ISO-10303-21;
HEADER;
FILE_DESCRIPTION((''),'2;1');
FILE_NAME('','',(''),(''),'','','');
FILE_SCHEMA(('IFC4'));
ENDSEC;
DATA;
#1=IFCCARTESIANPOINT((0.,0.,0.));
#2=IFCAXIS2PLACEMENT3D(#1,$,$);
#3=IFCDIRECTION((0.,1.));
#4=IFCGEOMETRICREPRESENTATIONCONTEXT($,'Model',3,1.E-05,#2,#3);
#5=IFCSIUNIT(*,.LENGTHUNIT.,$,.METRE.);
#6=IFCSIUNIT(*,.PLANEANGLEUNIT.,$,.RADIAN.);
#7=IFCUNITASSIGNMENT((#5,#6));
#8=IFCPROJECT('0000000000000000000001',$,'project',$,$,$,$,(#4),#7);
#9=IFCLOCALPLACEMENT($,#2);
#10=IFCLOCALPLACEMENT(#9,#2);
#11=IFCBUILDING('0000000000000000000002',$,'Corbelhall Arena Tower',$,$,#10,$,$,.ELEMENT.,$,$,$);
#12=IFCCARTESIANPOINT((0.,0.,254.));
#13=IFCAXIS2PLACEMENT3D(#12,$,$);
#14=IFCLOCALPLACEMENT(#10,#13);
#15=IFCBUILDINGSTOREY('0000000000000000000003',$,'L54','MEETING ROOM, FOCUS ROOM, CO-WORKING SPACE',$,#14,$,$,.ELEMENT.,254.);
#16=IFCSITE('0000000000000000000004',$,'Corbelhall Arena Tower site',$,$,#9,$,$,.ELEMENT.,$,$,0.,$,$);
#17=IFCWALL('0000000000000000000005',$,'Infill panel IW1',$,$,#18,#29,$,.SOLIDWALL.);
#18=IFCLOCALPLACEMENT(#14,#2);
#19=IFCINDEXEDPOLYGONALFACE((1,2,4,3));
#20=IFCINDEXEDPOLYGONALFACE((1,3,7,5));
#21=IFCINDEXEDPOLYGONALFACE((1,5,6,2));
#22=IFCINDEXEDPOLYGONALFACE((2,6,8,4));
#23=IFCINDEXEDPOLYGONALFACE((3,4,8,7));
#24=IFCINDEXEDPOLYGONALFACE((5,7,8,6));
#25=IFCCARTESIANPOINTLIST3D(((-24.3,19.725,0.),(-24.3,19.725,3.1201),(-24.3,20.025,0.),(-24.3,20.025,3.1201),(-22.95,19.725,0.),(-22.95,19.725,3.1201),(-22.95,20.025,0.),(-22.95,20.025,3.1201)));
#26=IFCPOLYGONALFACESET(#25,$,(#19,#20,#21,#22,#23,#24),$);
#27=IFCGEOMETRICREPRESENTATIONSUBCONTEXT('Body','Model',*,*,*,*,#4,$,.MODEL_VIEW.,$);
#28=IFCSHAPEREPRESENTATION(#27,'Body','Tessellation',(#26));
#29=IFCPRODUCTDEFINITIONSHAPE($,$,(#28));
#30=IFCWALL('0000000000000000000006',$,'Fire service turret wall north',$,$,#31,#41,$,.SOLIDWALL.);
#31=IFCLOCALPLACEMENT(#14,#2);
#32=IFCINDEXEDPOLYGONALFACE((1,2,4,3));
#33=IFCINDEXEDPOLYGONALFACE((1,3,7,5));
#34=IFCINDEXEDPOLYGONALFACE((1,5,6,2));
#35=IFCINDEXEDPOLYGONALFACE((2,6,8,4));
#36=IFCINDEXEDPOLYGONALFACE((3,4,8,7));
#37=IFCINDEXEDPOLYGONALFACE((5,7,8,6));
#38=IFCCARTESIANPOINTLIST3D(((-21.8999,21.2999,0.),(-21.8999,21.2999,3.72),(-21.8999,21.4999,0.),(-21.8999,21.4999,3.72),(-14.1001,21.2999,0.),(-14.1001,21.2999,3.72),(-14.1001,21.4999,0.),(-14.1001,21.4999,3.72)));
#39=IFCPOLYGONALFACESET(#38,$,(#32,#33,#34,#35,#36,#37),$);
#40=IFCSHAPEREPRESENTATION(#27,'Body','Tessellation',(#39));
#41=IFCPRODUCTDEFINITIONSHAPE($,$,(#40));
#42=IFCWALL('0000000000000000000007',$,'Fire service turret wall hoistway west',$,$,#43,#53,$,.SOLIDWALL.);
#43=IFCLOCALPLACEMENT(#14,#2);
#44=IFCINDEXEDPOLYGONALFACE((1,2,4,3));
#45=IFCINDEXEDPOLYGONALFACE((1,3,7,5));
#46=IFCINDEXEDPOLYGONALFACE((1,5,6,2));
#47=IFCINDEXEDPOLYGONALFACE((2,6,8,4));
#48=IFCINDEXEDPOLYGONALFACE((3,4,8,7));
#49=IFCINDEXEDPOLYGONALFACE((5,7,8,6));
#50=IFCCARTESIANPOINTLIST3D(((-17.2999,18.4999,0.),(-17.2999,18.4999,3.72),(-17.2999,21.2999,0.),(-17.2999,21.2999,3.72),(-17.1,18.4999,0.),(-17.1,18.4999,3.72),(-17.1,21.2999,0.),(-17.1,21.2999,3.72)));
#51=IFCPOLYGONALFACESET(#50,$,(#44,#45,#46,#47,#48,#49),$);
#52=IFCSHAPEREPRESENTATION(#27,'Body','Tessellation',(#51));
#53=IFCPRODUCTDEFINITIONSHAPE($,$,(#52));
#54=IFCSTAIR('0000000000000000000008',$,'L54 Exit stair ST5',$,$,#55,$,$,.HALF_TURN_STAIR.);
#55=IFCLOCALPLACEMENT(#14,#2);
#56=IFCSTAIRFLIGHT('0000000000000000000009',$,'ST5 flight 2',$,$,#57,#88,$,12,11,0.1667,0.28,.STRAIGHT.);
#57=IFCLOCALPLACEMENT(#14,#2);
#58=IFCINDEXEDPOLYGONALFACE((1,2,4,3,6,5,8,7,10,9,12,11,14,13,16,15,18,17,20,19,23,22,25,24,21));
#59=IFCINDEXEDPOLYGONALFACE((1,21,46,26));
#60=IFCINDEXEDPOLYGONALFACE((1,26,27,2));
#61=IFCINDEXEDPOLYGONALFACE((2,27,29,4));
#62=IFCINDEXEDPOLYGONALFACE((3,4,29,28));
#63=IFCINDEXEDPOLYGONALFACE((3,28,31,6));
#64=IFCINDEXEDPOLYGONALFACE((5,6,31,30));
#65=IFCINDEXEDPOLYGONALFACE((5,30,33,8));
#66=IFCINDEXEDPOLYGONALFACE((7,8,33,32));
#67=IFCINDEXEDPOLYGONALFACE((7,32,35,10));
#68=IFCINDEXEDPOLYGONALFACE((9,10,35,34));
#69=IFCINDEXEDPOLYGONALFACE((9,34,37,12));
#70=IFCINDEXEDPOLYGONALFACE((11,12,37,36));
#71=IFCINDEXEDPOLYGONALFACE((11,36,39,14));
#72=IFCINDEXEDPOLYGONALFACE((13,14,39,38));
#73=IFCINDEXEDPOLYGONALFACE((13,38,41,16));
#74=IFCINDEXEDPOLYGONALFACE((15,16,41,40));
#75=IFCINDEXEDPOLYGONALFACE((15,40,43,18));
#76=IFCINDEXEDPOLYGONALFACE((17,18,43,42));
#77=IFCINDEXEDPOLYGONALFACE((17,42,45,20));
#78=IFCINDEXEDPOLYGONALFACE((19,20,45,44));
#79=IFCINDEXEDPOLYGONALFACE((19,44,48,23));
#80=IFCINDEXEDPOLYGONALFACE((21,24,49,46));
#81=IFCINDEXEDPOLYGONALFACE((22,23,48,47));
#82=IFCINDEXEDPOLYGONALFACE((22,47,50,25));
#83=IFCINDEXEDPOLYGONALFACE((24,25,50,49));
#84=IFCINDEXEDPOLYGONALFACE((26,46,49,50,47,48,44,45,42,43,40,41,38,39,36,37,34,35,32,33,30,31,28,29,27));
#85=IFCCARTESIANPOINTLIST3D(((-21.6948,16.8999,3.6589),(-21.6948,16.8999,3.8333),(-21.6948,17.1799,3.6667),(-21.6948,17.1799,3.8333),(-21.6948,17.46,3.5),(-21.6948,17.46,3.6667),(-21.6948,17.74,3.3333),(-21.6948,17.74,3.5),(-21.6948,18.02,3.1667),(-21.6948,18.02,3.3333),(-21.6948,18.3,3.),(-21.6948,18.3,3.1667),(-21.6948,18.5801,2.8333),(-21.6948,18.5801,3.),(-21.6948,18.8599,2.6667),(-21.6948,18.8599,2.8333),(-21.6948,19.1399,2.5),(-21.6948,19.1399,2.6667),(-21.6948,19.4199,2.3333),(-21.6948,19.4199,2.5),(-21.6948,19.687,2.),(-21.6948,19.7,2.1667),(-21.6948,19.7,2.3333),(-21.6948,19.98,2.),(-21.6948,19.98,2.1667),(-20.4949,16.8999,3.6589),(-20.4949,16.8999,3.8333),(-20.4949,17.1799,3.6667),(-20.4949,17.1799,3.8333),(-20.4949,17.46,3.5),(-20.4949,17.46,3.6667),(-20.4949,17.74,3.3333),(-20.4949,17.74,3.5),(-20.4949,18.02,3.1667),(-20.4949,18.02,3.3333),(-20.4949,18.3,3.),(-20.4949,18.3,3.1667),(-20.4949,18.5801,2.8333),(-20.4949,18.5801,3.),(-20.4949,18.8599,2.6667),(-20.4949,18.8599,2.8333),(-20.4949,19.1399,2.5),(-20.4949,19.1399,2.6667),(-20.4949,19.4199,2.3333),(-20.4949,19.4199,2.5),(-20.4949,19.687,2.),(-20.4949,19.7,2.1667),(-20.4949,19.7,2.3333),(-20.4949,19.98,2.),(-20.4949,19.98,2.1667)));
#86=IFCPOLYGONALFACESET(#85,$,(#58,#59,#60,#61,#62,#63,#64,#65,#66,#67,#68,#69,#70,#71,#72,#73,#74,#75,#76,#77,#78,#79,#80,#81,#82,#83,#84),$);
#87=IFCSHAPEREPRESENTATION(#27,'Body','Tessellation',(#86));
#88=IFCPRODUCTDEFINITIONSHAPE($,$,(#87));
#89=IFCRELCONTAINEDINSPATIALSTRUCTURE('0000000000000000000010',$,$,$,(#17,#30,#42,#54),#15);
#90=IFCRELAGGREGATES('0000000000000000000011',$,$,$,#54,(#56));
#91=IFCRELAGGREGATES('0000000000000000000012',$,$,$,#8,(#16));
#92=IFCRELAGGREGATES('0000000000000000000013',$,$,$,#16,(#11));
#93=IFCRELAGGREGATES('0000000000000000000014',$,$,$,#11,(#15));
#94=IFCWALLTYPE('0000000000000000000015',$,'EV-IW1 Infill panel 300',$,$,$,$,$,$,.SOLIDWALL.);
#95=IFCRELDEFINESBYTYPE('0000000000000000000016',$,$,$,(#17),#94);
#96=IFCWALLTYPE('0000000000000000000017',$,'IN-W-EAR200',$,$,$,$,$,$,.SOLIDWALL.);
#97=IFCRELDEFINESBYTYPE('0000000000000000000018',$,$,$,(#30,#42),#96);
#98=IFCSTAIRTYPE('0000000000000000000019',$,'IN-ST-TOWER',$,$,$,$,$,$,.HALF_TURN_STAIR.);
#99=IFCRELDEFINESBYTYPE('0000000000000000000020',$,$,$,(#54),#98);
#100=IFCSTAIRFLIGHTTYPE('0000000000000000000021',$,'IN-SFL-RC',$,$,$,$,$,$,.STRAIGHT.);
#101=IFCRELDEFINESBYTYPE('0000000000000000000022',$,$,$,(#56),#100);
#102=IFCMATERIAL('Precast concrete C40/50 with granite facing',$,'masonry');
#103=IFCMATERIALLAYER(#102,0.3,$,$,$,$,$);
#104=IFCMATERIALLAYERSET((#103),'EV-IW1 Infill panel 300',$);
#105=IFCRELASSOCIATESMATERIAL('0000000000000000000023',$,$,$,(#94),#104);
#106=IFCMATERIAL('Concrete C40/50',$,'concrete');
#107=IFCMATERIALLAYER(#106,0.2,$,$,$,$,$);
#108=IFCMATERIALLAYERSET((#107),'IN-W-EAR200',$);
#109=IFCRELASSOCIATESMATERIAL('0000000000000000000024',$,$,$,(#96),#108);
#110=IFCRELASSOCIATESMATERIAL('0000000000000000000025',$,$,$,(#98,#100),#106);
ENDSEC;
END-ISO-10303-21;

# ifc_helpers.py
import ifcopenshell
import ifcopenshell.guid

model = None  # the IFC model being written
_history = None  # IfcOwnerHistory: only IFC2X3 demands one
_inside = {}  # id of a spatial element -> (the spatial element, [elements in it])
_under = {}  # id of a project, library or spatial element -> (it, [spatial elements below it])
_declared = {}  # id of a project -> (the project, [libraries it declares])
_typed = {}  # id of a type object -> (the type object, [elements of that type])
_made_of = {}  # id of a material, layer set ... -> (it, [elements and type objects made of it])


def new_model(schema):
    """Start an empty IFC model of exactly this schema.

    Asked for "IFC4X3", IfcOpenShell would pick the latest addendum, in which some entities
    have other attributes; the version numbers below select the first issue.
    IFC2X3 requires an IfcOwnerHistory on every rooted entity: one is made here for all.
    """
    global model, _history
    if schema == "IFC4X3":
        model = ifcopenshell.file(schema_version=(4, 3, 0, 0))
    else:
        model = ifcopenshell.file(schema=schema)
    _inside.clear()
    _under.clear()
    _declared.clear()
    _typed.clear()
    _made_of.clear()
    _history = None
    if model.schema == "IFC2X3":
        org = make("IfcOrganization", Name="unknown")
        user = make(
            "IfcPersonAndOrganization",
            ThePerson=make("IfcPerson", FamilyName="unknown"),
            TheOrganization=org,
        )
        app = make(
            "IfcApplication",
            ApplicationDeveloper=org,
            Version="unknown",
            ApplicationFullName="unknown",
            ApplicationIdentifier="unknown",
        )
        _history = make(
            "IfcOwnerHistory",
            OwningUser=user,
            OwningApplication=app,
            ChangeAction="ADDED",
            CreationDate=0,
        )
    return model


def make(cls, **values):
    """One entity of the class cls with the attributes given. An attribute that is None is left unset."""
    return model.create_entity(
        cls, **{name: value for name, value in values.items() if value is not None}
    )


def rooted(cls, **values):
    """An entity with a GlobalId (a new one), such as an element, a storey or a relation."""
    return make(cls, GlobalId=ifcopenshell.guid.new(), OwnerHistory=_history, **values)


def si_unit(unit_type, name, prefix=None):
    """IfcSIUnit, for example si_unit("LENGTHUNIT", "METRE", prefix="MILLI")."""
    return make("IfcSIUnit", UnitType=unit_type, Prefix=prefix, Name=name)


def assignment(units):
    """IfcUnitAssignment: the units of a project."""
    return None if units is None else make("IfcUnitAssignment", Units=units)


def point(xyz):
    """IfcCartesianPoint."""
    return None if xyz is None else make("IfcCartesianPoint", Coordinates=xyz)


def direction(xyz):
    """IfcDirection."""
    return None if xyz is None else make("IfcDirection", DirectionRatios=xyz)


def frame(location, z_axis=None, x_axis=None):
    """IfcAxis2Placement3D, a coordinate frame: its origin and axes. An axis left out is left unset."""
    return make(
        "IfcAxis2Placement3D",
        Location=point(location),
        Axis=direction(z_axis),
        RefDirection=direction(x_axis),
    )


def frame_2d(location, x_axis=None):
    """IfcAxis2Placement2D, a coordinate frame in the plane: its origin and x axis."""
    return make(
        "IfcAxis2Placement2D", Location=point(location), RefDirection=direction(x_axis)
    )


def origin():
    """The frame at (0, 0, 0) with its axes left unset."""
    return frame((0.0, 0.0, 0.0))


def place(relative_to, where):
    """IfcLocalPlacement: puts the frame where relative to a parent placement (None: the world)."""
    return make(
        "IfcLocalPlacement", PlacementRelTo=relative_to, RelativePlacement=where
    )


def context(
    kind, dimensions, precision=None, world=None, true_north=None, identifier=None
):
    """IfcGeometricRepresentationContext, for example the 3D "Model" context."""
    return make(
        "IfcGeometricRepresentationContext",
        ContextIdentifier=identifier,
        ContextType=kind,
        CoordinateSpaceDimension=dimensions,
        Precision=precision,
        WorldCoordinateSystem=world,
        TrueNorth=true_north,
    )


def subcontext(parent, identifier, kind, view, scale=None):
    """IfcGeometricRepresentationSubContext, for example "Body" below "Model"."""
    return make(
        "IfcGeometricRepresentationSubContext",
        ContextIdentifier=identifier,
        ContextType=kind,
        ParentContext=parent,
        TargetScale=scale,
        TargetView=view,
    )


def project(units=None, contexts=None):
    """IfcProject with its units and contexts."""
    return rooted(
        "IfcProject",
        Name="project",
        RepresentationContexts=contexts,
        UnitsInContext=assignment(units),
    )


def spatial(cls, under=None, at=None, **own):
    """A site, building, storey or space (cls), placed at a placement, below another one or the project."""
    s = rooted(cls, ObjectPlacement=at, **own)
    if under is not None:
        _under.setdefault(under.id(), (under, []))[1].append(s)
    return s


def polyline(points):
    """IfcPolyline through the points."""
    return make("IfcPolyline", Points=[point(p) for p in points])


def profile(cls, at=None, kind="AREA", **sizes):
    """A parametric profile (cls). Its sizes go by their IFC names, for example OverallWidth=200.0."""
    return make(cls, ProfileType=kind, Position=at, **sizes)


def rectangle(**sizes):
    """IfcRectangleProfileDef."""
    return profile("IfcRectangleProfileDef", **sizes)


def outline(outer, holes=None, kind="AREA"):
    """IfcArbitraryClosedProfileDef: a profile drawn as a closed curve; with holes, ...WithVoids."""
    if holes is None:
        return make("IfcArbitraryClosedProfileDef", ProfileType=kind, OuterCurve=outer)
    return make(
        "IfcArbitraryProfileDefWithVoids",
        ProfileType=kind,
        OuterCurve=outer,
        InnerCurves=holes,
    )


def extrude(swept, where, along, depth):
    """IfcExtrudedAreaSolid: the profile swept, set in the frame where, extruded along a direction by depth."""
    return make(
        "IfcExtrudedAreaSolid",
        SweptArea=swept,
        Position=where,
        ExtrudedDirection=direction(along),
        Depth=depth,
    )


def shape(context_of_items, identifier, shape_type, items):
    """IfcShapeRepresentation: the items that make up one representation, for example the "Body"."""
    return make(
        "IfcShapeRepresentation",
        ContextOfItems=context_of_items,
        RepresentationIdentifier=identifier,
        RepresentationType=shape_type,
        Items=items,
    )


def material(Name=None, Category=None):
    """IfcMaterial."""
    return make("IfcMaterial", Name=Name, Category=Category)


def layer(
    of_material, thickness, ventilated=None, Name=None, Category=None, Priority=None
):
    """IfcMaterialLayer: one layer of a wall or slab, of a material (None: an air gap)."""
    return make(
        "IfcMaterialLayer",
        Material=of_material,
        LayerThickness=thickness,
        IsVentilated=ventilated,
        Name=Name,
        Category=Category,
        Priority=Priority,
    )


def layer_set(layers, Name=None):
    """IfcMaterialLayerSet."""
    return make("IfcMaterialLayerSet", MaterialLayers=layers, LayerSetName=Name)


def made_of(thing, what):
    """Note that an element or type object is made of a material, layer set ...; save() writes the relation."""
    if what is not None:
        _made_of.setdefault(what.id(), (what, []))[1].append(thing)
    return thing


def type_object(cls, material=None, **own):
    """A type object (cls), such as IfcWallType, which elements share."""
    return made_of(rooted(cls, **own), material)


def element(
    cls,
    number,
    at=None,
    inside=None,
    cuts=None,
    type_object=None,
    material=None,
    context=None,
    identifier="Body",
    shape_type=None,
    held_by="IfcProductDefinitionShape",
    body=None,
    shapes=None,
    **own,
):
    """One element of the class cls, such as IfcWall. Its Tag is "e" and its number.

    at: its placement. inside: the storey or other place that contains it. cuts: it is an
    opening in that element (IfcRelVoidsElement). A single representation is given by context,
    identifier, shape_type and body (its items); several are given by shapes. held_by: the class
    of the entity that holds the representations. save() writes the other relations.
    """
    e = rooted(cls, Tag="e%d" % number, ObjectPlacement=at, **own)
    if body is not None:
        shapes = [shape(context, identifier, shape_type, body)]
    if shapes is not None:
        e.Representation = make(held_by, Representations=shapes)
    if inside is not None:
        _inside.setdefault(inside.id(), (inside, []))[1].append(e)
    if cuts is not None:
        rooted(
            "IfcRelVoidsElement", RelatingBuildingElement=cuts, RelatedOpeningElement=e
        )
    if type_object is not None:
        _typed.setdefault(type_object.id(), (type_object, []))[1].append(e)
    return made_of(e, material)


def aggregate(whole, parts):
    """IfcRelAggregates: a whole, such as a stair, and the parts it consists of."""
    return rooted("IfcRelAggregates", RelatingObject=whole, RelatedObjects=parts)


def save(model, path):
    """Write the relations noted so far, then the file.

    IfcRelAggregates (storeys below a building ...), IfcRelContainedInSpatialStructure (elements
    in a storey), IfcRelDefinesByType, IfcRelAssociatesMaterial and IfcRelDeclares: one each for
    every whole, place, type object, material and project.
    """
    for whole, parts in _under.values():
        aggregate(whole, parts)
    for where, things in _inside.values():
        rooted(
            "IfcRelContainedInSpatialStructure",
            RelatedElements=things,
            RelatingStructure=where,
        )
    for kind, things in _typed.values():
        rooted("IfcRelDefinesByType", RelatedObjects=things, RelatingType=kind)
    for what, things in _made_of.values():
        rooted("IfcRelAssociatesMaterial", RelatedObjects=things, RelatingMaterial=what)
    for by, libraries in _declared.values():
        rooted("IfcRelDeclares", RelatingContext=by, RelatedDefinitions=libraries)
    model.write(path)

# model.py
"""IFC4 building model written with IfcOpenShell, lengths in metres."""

from ifc_helpers import new_model, si_unit, direction, frame, frame_2d, origin, place, context, subcontext, project, spatial, polyline, rectangle, outline, extrude, material, layer, layer_set, type_object, element, aggregate, save


model = new_model("IFC4")

# Units and contexts
model_context = context("Model", 3, precision=1e-05, world=origin(), true_north=direction((0.0, 1.0)))
body_context = subcontext(model_context, "Body", "Model", "MODEL_VIEW")
ifc_project = project(units=[si_unit("LENGTHUNIT", "METRE"), si_unit("PLANEANGLEUNIT", "RADIAN")], contexts=[model_context])

# Site, building, storey
site_placement = place(None, origin())
site = spatial("IfcSite", under=ifc_project, at=site_placement, Name="Corbelhall Arena Tower site", CompositionType="ELEMENT", RefElevation=0.0)
building_placement = place(site_placement, origin())
building = spatial("IfcBuilding", under=site, at=building_placement, Name="Corbelhall Arena Tower", CompositionType="ELEMENT")
storey_placement = place(building_placement, frame((0.0, 0.0, 254.0)))
storey = spatial("IfcBuildingStorey", under=building, at=storey_placement, Name="L54", Description="MEETING ROOM, FOCUS ROOM, CO-WORKING SPACE", CompositionType="ELEMENT", Elevation=254.0)

# Shared definitions
ifc_material_1 = material(Name="Precast concrete C40/50 with granite facing", Category="masonry")
ifc_layer_1 = layer(ifc_material_1, 0.3)
ifc_layer_set_1 = layer_set([ifc_layer_1], Name="EV-IW1 Infill panel 300")
wall_type_1 = type_object("IfcWallType", Name="EV-IW1 Infill panel 300", PredefinedType="SOLIDWALL", material=ifc_layer_set_1)

# Walls
wall_1_placement = place(storey_placement, frame((-22.95, 19.875, 0.0), z_axis=(0.0, 0.0, 1.0), x_axis=(-1.0, 0.0, 0.0)))
element("IfcWall", 1, at=wall_1_placement, inside=storey, type_object=wall_type_1, Name="Infill panel IW1", PredefinedType="SOLIDWALL", context=body_context, shape_type="SweptSolid", body=[
    extrude(rectangle(XDim=1.3501, YDim=0.3, at=frame_2d((0.675, 0.0))), origin(), (0.0, 0.0, 1.0), 3.1201),
])
ifc_material_2 = material(Name="Concrete C40/50", Category="concrete")
ifc_layer_2 = layer(ifc_material_2, 0.2)
ifc_layer_set_2 = layer_set([ifc_layer_2], Name="IN-W-EAR200")
wall_type_2 = type_object("IfcWallType", Name="IN-W-EAR200", PredefinedType="SOLIDWALL", material=ifc_layer_set_2)
wall_2_placement = place(storey_placement, frame((-21.8999, 21.3999, 0.0), z_axis=(0.0, 0.0, 1.0), x_axis=(1.0, 0.0, 0.0)))
element("IfcWall", 2, at=wall_2_placement, inside=storey, type_object=wall_type_2, Name="Fire service turret wall north", PredefinedType="SOLIDWALL", context=body_context, shape_type="SweptSolid", body=[
    extrude(rectangle(XDim=7.7998, YDim=0.2, at=frame_2d((3.8999, 0.0))), origin(), (0.0, 0.0, 1.0), 3.72),
])
wall_3_placement = place(storey_placement, frame((-17.2, 18.5, 0.0), z_axis=(0.0, 0.0, 1.0), x_axis=(0.0, 1.0, 0.0)))
element("IfcWall", 3, at=wall_3_placement, inside=storey, type_object=wall_type_2, Name="Fire service turret wall hoistway west", PredefinedType="SOLIDWALL", context=body_context, shape_type="SweptSolid", body=[
    extrude(rectangle(XDim=2.8, YDim=0.2, at=frame_2d((1.3999, 0.0))), origin(), (0.0, 0.0, 1.0), 3.72),
])

# Stair, stair flight
stair_type = type_object("IfcStairType", Name="IN-ST-TOWER", PredefinedType="HALF_TURN_STAIR", material=ifc_material_2)
stair_placement = place(storey_placement, origin())
stair = element("IfcStair", 4, at=stair_placement, inside=storey, type_object=stair_type, Name="L54 Exit stair ST5", PredefinedType="HALF_TURN_STAIR")
stair_flight_type = type_object("IfcStairFlightType", Name="IN-SFL-RC", PredefinedType="STRAIGHT", material=ifc_material_2)
stair_flight_placement = place(storey_placement, frame((-21.095, 19.98, 2.0), z_axis=(0.0, 0.0, 1.0), x_axis=(0.0, -1.0, 0.0)))
stair_flight = element("IfcStairFlight", 5, at=stair_flight_placement, type_object=stair_flight_type, Name="ST5 flight 2", NumberOfRisers=12, NumberOfTreads=11, PredefinedType="STRAIGHT", RiserHeight=0.1667, TreadLength=0.28, context=body_context, shape_type="SweptSolid", body=[
    extrude(outline(polyline([(0.0, 0.0), (0.0, 0.1667), (0.28, 0.1667), (0.28, 0.3333), (0.5601, 0.3333), (0.5601, 0.5), (0.8401, 0.5), (0.8401, 0.6667), (1.1201, 0.6667), (1.1201, 0.8333), (1.3999, 0.8333), (1.3999, 1.0), (1.6799, 1.0), (1.6799, 1.1667), (1.96, 1.1667), (1.96, 1.3333), (2.24, 1.3333), (2.24, 1.5), (2.52, 1.5), (2.52, 1.6667), (2.8, 1.6667), (2.8, 1.8333), (3.0801, 1.8333), (3.0801, 2.0), (3.0801, 1.6589), (0.293, 0.0), (0.0, 0.0)])), frame((0.0, 0.6001, 0.0), z_axis=(0.0, -1.0, 0.0), x_axis=(1.0, 0.0, 0.0)), (0.0, 0.0, 1.0), 1.2),
])
aggregate(stair, [stair_flight])

save(model, "model.ifc")
